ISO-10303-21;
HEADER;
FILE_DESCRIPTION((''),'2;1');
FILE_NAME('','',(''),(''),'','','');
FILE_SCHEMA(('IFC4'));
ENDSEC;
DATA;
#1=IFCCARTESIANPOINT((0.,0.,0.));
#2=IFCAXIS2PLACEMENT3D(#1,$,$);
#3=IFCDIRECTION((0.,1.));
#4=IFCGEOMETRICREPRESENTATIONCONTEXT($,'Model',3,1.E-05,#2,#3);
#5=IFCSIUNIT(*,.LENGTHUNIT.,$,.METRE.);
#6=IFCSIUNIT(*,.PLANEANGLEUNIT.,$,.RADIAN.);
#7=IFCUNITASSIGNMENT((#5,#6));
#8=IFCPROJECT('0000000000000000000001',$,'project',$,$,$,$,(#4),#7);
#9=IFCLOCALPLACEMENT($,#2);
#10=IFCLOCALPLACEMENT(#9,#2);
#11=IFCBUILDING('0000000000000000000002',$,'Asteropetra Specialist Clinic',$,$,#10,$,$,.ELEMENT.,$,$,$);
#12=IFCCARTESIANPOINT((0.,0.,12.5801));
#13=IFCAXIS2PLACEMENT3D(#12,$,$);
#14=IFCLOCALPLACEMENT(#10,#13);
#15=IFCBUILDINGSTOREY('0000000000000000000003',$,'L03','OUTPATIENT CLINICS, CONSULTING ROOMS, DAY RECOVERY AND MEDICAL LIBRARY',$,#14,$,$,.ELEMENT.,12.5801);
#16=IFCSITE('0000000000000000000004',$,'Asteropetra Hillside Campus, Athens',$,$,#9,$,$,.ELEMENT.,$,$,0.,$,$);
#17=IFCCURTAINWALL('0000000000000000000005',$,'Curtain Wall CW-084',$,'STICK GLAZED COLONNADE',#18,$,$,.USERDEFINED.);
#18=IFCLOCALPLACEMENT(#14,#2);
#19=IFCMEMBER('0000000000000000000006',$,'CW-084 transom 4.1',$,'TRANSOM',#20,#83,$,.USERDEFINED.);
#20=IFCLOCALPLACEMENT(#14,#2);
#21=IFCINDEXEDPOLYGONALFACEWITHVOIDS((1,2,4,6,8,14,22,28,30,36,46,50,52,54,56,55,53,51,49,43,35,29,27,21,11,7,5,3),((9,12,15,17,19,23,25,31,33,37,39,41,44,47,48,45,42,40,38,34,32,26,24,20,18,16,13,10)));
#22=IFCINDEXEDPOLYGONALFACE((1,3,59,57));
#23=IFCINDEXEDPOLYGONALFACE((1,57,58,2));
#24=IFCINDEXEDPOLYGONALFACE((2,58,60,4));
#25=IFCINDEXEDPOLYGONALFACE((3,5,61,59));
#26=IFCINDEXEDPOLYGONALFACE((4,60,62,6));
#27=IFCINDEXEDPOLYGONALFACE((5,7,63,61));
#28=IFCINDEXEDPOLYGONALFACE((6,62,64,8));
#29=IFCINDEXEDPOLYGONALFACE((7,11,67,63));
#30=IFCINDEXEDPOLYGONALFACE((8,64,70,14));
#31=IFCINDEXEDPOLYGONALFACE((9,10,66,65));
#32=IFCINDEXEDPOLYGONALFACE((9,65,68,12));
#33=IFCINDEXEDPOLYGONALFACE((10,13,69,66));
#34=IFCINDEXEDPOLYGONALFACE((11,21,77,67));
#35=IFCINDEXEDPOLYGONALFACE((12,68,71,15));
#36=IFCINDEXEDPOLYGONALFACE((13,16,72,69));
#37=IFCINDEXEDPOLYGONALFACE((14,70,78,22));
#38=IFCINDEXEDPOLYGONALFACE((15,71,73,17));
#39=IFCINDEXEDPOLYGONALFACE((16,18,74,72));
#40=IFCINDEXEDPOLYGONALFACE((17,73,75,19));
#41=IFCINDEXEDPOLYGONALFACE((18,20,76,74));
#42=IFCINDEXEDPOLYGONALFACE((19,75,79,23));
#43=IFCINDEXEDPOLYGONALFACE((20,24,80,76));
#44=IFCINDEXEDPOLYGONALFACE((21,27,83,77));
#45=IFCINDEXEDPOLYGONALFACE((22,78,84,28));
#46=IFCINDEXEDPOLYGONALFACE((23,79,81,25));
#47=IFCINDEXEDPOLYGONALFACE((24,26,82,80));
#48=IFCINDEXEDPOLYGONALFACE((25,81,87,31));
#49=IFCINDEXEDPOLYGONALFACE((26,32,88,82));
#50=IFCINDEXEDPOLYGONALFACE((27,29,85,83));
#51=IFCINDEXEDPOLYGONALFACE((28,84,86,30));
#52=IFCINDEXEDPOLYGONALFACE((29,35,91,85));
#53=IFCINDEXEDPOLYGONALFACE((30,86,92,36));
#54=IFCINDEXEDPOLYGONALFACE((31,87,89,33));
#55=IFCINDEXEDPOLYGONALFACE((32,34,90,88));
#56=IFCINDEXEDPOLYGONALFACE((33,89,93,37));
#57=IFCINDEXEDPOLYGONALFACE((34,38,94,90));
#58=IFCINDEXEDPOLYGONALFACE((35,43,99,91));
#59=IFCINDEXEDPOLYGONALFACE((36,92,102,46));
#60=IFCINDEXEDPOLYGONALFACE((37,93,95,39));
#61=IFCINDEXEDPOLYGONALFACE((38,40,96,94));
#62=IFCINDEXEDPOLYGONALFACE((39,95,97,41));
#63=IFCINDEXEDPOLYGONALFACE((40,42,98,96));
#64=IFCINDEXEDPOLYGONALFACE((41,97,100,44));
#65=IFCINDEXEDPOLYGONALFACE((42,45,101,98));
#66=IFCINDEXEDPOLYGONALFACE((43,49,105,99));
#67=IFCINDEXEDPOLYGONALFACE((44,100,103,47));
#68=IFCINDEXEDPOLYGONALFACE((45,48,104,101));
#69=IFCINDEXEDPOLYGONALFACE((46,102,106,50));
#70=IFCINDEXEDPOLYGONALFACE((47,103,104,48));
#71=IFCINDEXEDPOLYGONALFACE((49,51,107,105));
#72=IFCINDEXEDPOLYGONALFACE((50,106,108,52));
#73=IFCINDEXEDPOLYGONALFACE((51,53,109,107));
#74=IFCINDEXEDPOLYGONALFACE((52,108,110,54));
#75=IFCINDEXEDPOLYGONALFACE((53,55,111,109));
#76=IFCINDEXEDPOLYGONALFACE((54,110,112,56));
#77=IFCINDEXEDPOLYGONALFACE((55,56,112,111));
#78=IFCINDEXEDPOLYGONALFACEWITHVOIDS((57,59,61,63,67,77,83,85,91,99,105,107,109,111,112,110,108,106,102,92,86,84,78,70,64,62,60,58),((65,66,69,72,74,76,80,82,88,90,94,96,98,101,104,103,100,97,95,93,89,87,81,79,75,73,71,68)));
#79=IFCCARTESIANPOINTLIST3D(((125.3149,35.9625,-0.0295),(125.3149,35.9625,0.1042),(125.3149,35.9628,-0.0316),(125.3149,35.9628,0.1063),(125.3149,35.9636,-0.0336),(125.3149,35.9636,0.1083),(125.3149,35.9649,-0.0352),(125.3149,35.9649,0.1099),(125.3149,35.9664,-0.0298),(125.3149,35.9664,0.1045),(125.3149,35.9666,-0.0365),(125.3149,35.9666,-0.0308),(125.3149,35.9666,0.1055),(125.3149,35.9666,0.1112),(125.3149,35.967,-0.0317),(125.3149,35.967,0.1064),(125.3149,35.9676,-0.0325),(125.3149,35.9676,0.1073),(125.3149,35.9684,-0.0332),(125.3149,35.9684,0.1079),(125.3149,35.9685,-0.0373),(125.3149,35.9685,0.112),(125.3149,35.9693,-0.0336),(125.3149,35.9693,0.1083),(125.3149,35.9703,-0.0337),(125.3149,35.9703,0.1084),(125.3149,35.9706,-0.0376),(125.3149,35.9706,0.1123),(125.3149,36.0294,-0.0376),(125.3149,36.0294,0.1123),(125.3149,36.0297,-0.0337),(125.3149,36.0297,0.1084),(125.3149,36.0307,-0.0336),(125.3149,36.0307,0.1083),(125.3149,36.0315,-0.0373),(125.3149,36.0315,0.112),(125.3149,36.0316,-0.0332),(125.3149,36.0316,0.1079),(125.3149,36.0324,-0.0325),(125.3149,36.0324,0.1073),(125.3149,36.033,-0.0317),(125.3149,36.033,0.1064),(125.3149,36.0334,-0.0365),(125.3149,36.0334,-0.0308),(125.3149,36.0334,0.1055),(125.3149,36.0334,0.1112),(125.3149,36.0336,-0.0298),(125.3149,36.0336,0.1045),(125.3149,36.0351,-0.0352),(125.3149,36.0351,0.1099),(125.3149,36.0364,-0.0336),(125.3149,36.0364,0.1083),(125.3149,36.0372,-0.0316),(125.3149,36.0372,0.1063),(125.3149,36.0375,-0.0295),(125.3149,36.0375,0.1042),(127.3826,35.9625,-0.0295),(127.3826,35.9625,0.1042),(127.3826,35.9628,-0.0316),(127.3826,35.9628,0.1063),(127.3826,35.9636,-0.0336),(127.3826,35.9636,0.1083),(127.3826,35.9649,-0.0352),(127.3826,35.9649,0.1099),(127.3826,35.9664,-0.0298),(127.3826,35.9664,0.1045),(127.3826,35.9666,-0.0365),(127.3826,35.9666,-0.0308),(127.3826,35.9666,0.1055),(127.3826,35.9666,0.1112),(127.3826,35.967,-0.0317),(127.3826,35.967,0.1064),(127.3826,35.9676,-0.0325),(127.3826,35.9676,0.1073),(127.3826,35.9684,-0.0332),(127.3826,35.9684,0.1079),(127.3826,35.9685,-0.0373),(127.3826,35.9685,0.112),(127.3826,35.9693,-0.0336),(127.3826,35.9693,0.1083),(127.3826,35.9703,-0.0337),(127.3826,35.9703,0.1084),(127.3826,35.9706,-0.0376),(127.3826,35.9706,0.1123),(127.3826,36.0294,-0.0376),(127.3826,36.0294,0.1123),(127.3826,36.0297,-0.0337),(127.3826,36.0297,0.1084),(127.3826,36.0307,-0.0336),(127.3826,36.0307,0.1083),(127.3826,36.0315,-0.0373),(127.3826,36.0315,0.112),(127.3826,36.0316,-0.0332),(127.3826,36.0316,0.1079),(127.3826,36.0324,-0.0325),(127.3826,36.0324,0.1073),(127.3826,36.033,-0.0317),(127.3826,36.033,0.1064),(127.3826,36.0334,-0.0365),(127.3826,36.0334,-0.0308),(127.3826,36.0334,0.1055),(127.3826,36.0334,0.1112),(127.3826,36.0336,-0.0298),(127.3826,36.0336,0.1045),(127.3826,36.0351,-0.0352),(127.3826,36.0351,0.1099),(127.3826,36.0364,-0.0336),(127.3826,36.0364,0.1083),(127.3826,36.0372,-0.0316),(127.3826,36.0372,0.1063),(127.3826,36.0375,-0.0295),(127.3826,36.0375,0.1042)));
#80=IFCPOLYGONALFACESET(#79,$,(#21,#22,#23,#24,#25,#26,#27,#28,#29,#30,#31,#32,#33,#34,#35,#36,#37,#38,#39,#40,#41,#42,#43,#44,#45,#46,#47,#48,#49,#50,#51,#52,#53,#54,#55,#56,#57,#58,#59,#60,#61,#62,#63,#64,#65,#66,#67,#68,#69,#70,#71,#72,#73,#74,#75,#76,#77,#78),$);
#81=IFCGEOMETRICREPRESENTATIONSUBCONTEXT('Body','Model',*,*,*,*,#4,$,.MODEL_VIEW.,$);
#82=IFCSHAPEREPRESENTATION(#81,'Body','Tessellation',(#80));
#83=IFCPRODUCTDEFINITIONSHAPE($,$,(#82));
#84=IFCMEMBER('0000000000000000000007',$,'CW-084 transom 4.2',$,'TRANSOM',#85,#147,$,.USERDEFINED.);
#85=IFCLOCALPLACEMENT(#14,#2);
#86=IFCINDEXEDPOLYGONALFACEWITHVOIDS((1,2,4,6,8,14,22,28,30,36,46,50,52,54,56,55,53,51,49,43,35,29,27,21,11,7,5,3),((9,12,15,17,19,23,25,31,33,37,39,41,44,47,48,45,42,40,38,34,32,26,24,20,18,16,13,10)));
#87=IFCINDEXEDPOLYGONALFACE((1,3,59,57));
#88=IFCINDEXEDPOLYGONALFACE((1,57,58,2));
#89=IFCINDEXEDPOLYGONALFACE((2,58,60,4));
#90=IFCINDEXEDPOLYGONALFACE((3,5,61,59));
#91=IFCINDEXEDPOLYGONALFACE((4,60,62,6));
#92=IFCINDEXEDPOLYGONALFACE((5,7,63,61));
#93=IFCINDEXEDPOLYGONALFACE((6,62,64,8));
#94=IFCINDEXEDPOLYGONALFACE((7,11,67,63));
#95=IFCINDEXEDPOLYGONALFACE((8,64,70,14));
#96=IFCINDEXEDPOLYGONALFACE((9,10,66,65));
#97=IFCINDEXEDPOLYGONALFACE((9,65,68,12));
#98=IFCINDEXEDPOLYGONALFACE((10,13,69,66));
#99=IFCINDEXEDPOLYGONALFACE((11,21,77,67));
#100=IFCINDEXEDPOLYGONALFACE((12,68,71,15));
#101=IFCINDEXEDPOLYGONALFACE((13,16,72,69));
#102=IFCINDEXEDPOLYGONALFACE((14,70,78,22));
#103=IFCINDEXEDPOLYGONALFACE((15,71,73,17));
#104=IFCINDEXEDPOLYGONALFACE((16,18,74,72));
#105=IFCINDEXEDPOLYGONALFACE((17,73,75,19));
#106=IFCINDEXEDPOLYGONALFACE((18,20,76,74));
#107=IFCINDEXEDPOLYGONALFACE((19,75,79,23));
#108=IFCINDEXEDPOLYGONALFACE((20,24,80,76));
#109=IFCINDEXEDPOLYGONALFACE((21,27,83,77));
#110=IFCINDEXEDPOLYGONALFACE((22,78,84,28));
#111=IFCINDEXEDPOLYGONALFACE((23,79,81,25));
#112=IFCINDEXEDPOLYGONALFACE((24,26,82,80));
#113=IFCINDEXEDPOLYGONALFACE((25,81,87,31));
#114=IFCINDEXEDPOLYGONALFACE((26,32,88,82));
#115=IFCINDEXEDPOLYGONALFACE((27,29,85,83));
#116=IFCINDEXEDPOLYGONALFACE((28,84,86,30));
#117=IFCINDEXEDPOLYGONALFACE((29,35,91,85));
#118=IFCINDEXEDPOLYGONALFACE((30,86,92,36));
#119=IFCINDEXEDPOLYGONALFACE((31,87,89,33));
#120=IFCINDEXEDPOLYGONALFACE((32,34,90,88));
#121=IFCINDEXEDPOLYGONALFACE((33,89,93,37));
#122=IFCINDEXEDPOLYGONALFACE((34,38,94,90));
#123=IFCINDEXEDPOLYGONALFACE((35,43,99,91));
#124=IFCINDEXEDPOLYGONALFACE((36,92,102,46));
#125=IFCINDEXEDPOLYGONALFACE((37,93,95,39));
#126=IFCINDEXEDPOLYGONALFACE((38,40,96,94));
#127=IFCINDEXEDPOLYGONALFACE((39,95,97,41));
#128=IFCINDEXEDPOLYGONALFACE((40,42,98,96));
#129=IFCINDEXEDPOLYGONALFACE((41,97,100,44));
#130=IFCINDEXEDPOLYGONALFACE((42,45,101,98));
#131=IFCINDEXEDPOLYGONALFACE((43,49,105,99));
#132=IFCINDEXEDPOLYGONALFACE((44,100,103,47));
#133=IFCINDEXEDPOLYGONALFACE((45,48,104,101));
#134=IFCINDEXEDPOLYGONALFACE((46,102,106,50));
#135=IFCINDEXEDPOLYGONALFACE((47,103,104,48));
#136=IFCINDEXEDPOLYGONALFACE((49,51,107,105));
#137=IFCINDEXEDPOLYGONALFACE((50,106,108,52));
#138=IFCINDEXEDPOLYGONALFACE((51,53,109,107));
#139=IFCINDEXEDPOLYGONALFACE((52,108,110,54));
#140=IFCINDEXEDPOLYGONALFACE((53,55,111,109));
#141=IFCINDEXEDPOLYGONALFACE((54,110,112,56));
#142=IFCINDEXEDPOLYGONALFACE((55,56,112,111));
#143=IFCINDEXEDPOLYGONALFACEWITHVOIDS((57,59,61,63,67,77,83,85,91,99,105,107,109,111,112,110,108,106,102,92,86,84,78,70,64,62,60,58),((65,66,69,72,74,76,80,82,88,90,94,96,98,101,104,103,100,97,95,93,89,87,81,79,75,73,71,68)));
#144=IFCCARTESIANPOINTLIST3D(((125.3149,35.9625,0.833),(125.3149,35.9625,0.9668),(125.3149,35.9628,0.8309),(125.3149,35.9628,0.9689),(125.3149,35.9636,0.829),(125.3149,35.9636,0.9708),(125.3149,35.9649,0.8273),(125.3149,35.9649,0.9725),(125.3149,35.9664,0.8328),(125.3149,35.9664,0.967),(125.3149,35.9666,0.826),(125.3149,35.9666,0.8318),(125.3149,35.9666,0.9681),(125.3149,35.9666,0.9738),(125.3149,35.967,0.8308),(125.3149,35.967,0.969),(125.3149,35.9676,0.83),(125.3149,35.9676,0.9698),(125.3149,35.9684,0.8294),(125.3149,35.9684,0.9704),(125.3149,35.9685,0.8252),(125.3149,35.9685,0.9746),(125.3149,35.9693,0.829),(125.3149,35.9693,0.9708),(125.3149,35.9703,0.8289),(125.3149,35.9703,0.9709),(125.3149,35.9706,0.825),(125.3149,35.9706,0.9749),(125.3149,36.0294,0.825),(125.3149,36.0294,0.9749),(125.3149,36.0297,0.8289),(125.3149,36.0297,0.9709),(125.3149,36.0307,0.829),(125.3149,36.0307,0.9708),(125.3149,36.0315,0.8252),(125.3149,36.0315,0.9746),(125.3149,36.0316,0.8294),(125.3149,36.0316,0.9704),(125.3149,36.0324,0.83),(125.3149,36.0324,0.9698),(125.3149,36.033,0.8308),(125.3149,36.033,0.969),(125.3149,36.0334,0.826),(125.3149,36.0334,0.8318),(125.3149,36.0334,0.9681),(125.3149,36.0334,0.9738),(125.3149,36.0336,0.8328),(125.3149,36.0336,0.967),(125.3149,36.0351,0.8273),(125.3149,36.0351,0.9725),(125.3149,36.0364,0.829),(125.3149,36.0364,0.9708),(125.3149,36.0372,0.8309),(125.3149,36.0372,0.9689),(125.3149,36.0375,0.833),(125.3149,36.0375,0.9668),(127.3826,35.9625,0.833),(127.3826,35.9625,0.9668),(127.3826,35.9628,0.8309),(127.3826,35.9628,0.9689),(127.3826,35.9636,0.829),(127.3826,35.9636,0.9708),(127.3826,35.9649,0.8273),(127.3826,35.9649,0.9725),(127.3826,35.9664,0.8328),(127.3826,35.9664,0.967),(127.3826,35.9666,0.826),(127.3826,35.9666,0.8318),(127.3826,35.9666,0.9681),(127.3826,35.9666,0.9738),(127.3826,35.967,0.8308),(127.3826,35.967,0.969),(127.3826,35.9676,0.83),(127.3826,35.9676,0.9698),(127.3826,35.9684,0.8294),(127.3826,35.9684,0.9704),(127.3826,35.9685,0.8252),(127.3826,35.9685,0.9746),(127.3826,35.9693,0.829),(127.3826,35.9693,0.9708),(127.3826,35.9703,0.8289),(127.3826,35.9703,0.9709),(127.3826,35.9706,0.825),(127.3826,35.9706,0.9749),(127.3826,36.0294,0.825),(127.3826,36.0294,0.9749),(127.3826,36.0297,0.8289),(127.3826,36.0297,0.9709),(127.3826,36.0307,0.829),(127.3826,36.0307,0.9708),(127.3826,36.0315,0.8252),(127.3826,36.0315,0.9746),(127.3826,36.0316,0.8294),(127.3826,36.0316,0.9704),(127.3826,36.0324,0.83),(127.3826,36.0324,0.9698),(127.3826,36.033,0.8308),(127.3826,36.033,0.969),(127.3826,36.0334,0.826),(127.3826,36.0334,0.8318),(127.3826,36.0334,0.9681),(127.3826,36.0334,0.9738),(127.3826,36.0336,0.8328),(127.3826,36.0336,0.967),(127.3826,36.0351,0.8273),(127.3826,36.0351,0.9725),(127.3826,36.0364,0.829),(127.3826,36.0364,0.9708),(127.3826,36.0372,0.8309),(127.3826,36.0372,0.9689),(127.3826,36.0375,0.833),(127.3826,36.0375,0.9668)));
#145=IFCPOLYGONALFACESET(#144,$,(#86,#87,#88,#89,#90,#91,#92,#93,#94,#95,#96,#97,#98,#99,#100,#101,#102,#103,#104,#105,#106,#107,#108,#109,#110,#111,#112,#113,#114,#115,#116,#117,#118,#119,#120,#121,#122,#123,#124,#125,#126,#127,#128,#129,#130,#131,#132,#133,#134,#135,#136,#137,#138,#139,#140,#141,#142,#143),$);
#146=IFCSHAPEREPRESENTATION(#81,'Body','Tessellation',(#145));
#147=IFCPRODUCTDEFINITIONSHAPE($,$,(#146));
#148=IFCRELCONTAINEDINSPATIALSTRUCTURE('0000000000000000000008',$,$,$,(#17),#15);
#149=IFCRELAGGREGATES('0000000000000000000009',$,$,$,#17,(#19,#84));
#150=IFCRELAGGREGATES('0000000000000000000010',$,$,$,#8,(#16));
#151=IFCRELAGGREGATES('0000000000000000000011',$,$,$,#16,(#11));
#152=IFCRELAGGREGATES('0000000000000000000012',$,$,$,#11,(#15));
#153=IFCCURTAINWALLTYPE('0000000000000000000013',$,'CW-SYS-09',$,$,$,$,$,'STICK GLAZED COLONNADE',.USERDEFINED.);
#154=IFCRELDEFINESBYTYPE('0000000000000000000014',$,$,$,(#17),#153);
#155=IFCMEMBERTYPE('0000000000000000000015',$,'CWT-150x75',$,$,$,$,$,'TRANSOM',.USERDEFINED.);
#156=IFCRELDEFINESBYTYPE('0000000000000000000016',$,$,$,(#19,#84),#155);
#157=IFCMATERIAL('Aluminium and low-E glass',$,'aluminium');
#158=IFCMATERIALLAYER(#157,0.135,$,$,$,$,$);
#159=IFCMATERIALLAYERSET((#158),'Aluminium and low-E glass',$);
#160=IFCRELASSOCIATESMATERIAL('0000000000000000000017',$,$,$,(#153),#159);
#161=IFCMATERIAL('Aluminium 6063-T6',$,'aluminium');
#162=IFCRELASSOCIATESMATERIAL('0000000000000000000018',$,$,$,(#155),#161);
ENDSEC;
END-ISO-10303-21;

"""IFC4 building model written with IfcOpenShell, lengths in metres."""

from ifc_helpers import new_model, si_unit, direction, frame, origin, origin_2d, place, context, subcontext, project, spatial, hollow_rectangle, extrude, material, layer, layer_set, material_profile, profile_set, type_object, element, aggregate, save


model = new_model("IFC4")

# Units and contexts
model_context = context("Model", 3, precision=1e-05, world=origin(), true_north=direction((0.0, 1.0)))
body_context = subcontext(model_context, "Body", "Model", "MODEL_VIEW")
ifc_project = project(units=[si_unit("LENGTHUNIT", "METRE"), si_unit("PLANEANGLEUNIT", "RADIAN")], contexts=[model_context])

# Site, building, storey
site_placement = place(None, origin())
site = spatial("IfcSite", under=ifc_project, at=site_placement, Name="Asteropetra Hillside Campus, Athens", CompositionType="ELEMENT", RefElevation=0.0)
building_placement = place(site_placement, origin())
building = spatial("IfcBuilding", under=site, at=building_placement, Name="Asteropetra Specialist Clinic", CompositionType="ELEMENT")
storey_placement = place(building_placement, frame((0.0, 0.0, 12.5801)))
storey = spatial("IfcBuildingStorey", under=building, at=storey_placement, Name="L03", Description="OUTPATIENT CLINICS, CONSULTING ROOMS, DAY RECOVERY AND MEDICAL LIBRARY", CompositionType="ELEMENT", Elevation=12.5801)

# Curtain wall
ifc_material_1 = material(Name="Aluminium and low-E glass", Category="aluminium")
ifc_layer_1 = layer(ifc_material_1, 0.135)
ifc_layer_set_1 = layer_set([ifc_layer_1], Name="Aluminium and low-E glass")
curtain_wall_type_1 = type_object("IfcCurtainWallType", Name="CW-SYS-09", ElementType="STICK GLAZED COLONNADE", PredefinedType="USERDEFINED", material=ifc_layer_set_1)
curtain_wall_1_placement = place(storey_placement, origin())
curtain_wall_1 = element("IfcCurtainWall", 1, at=curtain_wall_1_placement, inside=storey, type_object=curtain_wall_type_1, Name="Curtain Wall CW-084", ObjectType="STICK GLAZED COLONNADE", PredefinedType="USERDEFINED")

# Members
ifc_material_2 = material(Name="Aluminium 6063-T6", Category="aluminium")
ifc_material_profile_1 = material_profile(ifc_material_2, hollow_rectangle(XDim=0.075, YDim=0.1499, WallThickness=0.0039, InnerFilletRadius=0.0039, OuterFilletRadius=0.0081, at=origin_2d()), Name="TRN 150x75x4.0")
ifc_profile_set_1 = profile_set([ifc_material_profile_1], Name="Aluminium 6063-T6")
member_type_1 = type_object("IfcMemberType", Name="CWT-150x75", ElementType="TRANSOM", PredefinedType="USERDEFINED", material=ifc_profile_set_1)
member_1_placement = place(storey_placement, frame((127.3826, 36.0, 0.0374), z_axis=(-1.0, 0.0, 0.0), x_axis=(0.0, -1.0, 0.0)))
member_1 = element("IfcMember", 2, at=member_1_placement, type_object=member_type_1, Name="CW-084 transom 4.1", ObjectType="TRANSOM", PredefinedType="USERDEFINED", context=body_context, shape_type="SweptSolid", body=[
    extrude(hollow_rectangle(XDim=0.075, YDim=0.1499, WallThickness=0.0039, InnerFilletRadius=0.0039, OuterFilletRadius=0.0081, at=origin_2d()), origin(), (0.0, 0.0, 1.0), 2.0676),
])
member_2_placement = place(storey_placement, frame((127.3826, 36.0, 0.8999), z_axis=(-1.0, 0.0, 0.0), x_axis=(0.0, -1.0, 0.0)))
member_2 = element("IfcMember", 3, at=member_2_placement, type_object=member_type_1, Name="CW-084 transom 4.2", ObjectType="TRANSOM", PredefinedType="USERDEFINED", context=body_context, shape_type="SweptSolid", body=[
    extrude(hollow_rectangle(XDim=0.075, YDim=0.1499, WallThickness=0.0039, InnerFilletRadius=0.0039, OuterFilletRadius=0.0081, at=origin_2d()), origin(), (0.0, 0.0, 1.0), 2.0676),
])

aggregate(curtain_wall_1, [member_1, member_2])

save(model, "model.ifc")
